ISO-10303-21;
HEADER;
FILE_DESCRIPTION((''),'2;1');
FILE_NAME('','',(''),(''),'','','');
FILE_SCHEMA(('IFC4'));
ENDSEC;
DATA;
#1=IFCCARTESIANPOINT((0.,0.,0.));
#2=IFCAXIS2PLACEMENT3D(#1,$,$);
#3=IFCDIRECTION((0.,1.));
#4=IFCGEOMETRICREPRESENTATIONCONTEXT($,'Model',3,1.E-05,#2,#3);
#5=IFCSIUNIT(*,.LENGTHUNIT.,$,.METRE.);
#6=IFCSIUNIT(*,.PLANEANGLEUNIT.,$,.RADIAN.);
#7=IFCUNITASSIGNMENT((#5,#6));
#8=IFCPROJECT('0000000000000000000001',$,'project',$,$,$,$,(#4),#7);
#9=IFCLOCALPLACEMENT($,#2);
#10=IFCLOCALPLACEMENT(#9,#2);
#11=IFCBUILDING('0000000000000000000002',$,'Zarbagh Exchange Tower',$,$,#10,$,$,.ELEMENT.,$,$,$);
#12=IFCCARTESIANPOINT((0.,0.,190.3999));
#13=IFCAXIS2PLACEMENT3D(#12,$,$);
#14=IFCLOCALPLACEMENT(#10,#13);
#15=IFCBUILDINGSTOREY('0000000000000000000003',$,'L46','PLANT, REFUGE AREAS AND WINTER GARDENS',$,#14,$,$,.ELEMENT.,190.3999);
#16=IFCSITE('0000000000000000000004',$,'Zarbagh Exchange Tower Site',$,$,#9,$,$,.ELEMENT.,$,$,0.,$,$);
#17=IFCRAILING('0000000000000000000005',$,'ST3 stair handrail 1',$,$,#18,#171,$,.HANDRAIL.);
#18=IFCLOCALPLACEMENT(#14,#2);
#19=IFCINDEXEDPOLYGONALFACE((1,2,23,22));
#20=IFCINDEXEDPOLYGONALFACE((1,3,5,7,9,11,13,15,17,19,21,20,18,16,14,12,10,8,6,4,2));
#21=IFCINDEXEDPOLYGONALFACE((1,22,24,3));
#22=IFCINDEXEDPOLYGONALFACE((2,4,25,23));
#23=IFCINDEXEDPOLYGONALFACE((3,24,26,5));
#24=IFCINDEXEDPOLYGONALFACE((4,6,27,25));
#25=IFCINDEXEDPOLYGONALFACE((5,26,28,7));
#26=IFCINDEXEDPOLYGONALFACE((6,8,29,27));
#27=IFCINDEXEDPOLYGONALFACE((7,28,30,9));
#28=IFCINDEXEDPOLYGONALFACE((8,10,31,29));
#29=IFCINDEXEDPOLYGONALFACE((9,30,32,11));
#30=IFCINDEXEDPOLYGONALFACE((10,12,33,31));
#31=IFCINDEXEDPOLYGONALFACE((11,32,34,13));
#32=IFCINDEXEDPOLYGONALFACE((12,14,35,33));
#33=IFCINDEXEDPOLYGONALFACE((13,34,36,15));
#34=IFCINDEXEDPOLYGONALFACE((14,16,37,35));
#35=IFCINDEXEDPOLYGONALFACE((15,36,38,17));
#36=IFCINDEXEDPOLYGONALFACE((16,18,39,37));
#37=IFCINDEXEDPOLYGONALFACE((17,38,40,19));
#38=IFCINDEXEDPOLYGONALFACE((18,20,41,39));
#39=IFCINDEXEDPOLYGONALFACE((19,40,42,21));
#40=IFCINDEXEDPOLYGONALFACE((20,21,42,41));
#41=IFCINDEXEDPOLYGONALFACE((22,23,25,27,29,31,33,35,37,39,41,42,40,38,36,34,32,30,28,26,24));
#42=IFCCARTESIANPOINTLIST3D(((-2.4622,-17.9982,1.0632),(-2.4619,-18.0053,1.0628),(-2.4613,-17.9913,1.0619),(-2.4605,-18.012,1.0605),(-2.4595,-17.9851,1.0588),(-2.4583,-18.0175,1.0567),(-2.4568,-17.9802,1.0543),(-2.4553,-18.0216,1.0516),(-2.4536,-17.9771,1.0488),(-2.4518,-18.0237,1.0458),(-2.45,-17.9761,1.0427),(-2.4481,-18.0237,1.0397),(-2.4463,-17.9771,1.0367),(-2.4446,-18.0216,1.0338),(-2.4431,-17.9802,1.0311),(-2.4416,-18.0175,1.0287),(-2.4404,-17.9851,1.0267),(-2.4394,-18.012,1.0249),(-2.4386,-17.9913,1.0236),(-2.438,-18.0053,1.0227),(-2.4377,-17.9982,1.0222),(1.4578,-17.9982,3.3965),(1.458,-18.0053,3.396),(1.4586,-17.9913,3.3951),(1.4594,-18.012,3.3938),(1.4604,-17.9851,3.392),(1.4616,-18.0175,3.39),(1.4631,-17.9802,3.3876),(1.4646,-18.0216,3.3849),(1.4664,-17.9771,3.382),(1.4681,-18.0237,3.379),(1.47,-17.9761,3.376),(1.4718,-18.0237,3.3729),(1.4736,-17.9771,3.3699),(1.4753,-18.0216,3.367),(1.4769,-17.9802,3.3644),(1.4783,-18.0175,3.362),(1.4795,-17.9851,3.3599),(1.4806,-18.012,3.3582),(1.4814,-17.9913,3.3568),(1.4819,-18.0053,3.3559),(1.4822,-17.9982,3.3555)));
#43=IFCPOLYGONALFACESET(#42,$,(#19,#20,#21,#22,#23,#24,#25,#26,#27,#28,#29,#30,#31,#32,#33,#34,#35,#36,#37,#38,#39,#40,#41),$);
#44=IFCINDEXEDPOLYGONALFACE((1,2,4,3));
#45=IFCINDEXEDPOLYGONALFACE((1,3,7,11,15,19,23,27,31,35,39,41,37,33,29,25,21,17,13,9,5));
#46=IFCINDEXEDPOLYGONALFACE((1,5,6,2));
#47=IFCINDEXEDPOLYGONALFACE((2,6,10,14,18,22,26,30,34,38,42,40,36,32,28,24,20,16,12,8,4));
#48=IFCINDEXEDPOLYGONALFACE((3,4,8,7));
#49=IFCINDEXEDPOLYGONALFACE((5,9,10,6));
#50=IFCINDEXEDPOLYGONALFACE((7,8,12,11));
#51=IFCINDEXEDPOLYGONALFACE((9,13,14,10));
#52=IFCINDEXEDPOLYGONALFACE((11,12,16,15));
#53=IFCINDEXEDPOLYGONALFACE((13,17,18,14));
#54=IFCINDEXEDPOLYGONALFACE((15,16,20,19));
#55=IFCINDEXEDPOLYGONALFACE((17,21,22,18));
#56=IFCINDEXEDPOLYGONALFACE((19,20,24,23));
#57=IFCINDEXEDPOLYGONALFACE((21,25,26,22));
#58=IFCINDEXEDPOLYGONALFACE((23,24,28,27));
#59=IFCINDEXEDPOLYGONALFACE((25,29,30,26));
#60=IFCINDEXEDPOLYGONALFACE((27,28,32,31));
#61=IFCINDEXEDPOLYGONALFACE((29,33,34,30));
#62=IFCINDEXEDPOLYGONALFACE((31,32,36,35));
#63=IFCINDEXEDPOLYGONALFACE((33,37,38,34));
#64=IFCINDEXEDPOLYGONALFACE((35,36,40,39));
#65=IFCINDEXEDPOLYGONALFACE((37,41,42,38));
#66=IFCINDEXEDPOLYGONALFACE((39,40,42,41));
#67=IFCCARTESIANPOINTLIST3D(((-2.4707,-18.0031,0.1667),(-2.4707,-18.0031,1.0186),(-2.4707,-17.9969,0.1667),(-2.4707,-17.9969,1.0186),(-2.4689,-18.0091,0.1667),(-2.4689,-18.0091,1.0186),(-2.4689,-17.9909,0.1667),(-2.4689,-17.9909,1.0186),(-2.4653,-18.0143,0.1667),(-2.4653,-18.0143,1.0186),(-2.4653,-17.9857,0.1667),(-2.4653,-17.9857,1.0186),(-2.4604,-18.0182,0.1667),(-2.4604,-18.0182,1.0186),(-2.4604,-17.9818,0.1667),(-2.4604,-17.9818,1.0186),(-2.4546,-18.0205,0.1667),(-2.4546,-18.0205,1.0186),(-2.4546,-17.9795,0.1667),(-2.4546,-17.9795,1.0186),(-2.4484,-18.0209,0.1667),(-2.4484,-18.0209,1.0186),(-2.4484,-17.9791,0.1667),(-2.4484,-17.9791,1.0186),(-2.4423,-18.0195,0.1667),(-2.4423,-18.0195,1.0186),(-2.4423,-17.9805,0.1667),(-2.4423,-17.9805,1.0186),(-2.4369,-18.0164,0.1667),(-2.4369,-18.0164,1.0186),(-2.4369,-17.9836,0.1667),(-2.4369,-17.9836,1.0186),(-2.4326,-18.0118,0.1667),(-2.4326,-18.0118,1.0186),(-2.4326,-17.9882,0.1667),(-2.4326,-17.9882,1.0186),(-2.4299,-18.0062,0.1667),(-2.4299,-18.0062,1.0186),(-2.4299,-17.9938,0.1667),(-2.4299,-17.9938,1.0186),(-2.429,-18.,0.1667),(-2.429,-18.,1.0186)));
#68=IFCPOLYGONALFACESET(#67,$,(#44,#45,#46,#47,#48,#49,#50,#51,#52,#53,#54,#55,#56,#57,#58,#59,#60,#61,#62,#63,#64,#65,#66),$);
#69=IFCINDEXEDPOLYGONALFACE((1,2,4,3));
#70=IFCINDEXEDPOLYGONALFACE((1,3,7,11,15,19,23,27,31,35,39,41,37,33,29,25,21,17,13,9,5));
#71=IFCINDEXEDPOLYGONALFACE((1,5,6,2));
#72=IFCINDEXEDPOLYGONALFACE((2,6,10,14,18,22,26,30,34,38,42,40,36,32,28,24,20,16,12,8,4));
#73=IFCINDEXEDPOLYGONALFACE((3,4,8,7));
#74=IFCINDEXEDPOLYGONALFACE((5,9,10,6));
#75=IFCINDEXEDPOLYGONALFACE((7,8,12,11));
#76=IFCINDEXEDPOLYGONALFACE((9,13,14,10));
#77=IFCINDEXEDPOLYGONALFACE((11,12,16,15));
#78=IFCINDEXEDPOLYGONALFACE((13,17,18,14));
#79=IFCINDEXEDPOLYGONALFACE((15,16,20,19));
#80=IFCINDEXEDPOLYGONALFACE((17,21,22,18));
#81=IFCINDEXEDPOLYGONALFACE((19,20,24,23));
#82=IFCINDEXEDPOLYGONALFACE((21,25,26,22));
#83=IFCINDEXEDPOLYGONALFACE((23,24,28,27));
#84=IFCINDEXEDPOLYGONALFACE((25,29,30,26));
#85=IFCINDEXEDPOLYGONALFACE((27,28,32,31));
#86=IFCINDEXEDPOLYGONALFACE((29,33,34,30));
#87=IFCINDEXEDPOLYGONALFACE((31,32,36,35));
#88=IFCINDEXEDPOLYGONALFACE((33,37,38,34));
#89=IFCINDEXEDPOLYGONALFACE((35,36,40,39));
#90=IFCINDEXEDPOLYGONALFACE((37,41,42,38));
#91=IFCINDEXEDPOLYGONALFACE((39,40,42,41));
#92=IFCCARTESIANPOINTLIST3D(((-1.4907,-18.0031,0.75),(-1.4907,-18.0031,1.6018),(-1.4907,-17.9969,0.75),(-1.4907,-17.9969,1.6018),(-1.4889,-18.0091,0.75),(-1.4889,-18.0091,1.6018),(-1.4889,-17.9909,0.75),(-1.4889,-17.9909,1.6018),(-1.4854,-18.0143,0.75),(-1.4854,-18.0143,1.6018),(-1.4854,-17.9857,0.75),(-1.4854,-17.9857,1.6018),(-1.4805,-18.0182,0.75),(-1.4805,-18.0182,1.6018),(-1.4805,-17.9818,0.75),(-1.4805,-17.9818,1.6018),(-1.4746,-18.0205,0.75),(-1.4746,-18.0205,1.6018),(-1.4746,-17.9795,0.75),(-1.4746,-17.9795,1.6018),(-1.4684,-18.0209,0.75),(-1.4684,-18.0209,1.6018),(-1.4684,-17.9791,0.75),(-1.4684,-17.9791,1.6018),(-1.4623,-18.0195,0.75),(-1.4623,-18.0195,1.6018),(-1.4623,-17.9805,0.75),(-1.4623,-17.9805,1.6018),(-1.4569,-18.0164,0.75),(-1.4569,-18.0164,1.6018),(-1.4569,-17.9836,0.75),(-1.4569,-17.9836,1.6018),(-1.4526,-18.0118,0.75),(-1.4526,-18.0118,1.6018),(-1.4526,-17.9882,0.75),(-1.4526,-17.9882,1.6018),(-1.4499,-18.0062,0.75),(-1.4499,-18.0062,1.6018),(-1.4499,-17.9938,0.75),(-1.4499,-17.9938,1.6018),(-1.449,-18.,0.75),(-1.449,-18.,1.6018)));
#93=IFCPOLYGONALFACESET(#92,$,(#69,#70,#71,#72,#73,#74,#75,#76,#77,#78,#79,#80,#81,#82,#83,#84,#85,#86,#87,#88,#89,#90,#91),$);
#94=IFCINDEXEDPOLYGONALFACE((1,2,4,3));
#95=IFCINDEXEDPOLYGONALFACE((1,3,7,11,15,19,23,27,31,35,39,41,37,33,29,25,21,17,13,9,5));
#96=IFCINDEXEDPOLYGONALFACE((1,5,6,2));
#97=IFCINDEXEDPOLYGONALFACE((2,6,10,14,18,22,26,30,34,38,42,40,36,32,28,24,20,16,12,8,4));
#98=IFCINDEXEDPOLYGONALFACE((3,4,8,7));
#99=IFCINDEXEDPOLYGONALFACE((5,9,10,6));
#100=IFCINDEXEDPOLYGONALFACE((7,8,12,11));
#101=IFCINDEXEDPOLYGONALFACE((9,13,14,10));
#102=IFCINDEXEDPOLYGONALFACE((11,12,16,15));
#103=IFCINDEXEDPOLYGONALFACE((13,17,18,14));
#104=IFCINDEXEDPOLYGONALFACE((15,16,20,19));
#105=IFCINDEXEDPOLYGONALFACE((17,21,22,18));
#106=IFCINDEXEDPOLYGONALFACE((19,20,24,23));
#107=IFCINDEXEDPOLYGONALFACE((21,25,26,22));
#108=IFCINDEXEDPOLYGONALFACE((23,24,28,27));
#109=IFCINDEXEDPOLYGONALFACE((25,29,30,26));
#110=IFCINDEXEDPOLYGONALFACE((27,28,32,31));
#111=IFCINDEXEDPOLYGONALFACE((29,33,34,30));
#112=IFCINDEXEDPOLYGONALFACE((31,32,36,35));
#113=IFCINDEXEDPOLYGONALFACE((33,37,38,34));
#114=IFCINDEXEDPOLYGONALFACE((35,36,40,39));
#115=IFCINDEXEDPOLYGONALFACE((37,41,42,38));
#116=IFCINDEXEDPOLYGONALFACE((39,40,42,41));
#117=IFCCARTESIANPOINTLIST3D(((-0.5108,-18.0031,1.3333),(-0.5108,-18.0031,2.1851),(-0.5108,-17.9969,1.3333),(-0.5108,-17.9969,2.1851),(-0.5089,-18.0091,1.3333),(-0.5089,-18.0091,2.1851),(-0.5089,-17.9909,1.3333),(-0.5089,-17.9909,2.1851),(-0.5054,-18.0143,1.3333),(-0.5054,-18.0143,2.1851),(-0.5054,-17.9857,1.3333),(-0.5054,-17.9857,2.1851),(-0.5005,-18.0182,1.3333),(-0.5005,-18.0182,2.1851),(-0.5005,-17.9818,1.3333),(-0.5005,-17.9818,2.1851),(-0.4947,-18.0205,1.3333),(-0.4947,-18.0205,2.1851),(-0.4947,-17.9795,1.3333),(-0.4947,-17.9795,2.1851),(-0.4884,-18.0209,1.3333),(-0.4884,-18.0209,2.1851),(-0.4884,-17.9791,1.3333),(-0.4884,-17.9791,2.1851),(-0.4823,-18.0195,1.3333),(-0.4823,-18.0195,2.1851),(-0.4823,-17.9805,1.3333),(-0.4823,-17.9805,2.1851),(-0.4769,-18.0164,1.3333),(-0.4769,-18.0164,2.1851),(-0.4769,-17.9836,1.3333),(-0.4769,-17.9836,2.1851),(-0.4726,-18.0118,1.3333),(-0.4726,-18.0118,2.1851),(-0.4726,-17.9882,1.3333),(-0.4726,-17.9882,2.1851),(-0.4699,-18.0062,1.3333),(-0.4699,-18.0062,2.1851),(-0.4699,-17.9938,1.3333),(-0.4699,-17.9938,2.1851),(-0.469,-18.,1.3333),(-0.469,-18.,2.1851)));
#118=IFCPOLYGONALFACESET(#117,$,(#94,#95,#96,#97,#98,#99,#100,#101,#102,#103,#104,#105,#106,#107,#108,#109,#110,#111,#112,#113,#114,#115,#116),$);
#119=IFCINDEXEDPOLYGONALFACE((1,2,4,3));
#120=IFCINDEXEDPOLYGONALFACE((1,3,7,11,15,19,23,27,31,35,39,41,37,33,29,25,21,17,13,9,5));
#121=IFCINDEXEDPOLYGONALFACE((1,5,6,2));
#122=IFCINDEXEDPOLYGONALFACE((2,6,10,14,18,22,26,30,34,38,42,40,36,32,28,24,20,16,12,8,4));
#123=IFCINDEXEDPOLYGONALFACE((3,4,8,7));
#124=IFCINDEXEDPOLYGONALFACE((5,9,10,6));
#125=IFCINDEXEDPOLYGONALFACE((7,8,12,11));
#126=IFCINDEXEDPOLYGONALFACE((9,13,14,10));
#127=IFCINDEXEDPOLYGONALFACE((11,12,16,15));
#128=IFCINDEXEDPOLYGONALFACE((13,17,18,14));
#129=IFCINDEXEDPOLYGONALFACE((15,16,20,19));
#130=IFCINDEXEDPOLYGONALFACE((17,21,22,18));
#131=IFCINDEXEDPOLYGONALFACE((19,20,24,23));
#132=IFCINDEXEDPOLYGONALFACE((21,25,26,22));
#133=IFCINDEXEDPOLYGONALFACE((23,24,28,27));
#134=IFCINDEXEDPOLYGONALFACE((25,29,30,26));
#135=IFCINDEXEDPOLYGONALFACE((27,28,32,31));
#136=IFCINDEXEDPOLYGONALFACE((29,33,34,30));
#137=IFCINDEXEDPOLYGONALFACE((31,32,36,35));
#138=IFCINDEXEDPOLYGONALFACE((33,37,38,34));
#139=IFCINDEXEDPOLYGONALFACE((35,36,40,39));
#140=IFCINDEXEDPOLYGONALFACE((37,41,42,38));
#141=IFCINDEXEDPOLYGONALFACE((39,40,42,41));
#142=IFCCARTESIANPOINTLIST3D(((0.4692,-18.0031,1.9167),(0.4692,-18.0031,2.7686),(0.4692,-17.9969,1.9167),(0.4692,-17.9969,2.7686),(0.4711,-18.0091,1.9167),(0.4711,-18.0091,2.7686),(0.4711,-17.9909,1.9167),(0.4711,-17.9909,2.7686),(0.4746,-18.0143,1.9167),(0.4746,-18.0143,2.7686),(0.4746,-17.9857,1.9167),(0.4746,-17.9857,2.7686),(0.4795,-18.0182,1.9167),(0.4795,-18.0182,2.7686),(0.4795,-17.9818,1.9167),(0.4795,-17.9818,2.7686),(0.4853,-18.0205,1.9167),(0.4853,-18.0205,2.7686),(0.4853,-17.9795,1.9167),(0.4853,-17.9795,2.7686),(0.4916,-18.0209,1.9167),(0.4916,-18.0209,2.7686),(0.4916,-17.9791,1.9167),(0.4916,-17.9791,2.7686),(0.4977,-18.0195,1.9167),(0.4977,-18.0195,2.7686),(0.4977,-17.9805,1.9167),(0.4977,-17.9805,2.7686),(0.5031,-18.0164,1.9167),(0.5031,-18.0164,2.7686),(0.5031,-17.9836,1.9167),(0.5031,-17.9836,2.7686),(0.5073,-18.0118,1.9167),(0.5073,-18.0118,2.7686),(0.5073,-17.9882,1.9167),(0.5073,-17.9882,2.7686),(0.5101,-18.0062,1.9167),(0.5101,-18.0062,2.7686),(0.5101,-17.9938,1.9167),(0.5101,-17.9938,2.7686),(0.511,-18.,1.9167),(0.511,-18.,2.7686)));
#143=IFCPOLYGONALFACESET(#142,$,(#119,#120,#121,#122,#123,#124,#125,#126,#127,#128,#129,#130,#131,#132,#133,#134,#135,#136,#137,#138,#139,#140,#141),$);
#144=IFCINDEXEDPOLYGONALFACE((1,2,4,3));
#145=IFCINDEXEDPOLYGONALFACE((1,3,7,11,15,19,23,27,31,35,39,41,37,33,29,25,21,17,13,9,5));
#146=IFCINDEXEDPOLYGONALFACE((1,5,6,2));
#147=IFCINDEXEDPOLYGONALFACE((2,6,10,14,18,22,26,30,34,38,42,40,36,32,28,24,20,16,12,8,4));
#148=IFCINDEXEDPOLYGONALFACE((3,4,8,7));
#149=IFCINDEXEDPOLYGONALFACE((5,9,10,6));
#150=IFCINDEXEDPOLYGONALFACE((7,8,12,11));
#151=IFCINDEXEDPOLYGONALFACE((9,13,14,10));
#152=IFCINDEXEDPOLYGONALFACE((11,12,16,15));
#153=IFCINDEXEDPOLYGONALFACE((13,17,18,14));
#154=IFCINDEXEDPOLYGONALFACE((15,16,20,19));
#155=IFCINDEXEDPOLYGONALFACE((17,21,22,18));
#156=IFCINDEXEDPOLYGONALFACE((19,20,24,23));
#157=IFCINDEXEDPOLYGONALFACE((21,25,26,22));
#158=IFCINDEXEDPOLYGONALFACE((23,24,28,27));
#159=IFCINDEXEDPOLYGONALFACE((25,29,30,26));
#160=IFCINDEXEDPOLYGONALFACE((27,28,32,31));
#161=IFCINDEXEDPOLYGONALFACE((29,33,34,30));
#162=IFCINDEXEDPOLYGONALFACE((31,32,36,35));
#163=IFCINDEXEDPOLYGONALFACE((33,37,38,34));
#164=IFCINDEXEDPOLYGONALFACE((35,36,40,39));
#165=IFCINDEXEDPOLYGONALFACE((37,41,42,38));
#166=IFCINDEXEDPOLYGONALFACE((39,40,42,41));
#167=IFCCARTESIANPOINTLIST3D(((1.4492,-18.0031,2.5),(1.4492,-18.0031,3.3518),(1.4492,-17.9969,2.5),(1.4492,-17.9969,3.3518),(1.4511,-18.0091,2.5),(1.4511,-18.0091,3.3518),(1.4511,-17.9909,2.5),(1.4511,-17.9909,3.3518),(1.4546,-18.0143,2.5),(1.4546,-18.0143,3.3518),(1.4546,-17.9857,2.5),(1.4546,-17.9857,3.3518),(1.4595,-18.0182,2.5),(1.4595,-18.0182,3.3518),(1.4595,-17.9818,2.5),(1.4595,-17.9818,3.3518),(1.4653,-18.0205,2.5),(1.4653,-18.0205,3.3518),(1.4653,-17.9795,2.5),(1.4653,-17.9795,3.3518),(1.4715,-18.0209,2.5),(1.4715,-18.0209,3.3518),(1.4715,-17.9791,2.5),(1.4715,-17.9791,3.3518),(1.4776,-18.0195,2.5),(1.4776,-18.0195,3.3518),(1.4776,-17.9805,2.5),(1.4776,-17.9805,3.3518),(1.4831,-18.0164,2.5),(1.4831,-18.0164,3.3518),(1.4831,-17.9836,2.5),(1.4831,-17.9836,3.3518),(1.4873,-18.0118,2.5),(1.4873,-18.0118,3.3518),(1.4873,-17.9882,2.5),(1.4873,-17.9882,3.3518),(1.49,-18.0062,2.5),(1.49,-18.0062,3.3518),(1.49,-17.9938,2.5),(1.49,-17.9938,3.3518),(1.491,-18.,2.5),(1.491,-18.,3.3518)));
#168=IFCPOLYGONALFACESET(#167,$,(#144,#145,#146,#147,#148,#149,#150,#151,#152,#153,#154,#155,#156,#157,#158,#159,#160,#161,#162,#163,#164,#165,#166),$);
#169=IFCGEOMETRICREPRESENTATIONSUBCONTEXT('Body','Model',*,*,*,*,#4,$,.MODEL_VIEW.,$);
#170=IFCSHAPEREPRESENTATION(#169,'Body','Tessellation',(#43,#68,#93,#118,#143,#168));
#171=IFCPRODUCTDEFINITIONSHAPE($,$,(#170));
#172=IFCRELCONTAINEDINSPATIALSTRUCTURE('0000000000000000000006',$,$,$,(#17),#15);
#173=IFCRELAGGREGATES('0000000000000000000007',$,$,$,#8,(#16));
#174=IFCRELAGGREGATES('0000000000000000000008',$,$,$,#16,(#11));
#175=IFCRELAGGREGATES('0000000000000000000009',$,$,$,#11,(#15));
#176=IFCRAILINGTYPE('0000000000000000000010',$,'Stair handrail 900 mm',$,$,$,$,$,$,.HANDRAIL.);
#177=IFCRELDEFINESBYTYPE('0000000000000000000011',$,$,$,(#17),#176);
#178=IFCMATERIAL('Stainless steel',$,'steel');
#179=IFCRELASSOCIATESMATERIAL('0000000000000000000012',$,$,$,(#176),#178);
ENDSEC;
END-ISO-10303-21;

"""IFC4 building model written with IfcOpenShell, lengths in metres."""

from ifc_helpers import new_model, si_unit, direction, frame, origin, origin_2d, place, context, subcontext, project, spatial, circle, extrude, material, type_object, element, save


model = new_model("IFC4")

# Units and contexts
model_context = context("Model", 3, precision=1e-05, world=origin(), true_north=direction((0.0, 1.0)))
body_context = subcontext(model_context, "Body", "Model", "MODEL_VIEW")
ifc_project = project(units=[si_unit("LENGTHUNIT", "METRE"), si_unit("PLANEANGLEUNIT", "RADIAN")], contexts=[model_context])

# Site, building, storey
site_placement = place(None, origin())
site = spatial("IfcSite", under=ifc_project, at=site_placement, Name="Zarbagh Exchange Tower Site", CompositionType="ELEMENT", RefElevation=0.0)
building_placement = place(site_placement, origin())
building = spatial("IfcBuilding", under=site, at=building_placement, Name="Zarbagh Exchange Tower", CompositionType="ELEMENT")
storey_placement = place(building_placement, frame((0.0, 0.0, 190.3999)))
storey = spatial("IfcBuildingStorey", under=building, at=storey_placement, Name="L46", Description="PLANT, REFUGE AREAS AND WINTER GARDENS", CompositionType="ELEMENT", Elevation=190.3999)

# Shared definitions
ifc_material_1 = material(Name="Stainless steel", Category="steel")

# Railing
railing_type = type_object("IfcRailingType", Name="Stair handrail 900 mm", PredefinedType="HANDRAIL", material=ifc_material_1)
railing_placement = place(storey_placement, frame((-2.45, -18.0, 0.1667)))
element("IfcRailing", 1, at=railing_placement, inside=storey, type_object=railing_type, Name="ST3 stair handrail 1", PredefinedType="HANDRAIL", context=body_context, shape_type="SweptSolid", body=[
    extrude(circle(Radius=0.0239, at=origin_2d()), frame((0.0, 0.0, 0.876), z_axis=(0.859296, 0.0, 0.511478), x_axis=(0.0, 1.0, 0.0)), (0.0, 0.0, 1.0), 4.5618),
    extrude(circle(Radius=0.021, at=origin_2d()), origin(), (0.0, 0.0, 1.0), 0.8518),
    extrude(circle(Radius=0.021, at=origin_2d()), frame((0.98, 0.0, 0.5833)), (0.0, 0.0, 1.0), 0.8518),
    extrude(circle(Radius=0.021, at=origin_2d()), frame((1.96, 0.0, 1.1665)), (0.0, 0.0, 1.0), 0.8518),
    extrude(circle(Radius=0.021, at=origin_2d()), frame((2.9399, 0.0, 1.75)), (0.0, 0.0, 1.0), 0.8518),
    extrude(circle(Radius=0.021, at=origin_2d()), frame((3.9199, 0.0, 2.3333)), (0.0, 0.0, 1.0), 0.8518),
])

save(model, "model.ifc")
